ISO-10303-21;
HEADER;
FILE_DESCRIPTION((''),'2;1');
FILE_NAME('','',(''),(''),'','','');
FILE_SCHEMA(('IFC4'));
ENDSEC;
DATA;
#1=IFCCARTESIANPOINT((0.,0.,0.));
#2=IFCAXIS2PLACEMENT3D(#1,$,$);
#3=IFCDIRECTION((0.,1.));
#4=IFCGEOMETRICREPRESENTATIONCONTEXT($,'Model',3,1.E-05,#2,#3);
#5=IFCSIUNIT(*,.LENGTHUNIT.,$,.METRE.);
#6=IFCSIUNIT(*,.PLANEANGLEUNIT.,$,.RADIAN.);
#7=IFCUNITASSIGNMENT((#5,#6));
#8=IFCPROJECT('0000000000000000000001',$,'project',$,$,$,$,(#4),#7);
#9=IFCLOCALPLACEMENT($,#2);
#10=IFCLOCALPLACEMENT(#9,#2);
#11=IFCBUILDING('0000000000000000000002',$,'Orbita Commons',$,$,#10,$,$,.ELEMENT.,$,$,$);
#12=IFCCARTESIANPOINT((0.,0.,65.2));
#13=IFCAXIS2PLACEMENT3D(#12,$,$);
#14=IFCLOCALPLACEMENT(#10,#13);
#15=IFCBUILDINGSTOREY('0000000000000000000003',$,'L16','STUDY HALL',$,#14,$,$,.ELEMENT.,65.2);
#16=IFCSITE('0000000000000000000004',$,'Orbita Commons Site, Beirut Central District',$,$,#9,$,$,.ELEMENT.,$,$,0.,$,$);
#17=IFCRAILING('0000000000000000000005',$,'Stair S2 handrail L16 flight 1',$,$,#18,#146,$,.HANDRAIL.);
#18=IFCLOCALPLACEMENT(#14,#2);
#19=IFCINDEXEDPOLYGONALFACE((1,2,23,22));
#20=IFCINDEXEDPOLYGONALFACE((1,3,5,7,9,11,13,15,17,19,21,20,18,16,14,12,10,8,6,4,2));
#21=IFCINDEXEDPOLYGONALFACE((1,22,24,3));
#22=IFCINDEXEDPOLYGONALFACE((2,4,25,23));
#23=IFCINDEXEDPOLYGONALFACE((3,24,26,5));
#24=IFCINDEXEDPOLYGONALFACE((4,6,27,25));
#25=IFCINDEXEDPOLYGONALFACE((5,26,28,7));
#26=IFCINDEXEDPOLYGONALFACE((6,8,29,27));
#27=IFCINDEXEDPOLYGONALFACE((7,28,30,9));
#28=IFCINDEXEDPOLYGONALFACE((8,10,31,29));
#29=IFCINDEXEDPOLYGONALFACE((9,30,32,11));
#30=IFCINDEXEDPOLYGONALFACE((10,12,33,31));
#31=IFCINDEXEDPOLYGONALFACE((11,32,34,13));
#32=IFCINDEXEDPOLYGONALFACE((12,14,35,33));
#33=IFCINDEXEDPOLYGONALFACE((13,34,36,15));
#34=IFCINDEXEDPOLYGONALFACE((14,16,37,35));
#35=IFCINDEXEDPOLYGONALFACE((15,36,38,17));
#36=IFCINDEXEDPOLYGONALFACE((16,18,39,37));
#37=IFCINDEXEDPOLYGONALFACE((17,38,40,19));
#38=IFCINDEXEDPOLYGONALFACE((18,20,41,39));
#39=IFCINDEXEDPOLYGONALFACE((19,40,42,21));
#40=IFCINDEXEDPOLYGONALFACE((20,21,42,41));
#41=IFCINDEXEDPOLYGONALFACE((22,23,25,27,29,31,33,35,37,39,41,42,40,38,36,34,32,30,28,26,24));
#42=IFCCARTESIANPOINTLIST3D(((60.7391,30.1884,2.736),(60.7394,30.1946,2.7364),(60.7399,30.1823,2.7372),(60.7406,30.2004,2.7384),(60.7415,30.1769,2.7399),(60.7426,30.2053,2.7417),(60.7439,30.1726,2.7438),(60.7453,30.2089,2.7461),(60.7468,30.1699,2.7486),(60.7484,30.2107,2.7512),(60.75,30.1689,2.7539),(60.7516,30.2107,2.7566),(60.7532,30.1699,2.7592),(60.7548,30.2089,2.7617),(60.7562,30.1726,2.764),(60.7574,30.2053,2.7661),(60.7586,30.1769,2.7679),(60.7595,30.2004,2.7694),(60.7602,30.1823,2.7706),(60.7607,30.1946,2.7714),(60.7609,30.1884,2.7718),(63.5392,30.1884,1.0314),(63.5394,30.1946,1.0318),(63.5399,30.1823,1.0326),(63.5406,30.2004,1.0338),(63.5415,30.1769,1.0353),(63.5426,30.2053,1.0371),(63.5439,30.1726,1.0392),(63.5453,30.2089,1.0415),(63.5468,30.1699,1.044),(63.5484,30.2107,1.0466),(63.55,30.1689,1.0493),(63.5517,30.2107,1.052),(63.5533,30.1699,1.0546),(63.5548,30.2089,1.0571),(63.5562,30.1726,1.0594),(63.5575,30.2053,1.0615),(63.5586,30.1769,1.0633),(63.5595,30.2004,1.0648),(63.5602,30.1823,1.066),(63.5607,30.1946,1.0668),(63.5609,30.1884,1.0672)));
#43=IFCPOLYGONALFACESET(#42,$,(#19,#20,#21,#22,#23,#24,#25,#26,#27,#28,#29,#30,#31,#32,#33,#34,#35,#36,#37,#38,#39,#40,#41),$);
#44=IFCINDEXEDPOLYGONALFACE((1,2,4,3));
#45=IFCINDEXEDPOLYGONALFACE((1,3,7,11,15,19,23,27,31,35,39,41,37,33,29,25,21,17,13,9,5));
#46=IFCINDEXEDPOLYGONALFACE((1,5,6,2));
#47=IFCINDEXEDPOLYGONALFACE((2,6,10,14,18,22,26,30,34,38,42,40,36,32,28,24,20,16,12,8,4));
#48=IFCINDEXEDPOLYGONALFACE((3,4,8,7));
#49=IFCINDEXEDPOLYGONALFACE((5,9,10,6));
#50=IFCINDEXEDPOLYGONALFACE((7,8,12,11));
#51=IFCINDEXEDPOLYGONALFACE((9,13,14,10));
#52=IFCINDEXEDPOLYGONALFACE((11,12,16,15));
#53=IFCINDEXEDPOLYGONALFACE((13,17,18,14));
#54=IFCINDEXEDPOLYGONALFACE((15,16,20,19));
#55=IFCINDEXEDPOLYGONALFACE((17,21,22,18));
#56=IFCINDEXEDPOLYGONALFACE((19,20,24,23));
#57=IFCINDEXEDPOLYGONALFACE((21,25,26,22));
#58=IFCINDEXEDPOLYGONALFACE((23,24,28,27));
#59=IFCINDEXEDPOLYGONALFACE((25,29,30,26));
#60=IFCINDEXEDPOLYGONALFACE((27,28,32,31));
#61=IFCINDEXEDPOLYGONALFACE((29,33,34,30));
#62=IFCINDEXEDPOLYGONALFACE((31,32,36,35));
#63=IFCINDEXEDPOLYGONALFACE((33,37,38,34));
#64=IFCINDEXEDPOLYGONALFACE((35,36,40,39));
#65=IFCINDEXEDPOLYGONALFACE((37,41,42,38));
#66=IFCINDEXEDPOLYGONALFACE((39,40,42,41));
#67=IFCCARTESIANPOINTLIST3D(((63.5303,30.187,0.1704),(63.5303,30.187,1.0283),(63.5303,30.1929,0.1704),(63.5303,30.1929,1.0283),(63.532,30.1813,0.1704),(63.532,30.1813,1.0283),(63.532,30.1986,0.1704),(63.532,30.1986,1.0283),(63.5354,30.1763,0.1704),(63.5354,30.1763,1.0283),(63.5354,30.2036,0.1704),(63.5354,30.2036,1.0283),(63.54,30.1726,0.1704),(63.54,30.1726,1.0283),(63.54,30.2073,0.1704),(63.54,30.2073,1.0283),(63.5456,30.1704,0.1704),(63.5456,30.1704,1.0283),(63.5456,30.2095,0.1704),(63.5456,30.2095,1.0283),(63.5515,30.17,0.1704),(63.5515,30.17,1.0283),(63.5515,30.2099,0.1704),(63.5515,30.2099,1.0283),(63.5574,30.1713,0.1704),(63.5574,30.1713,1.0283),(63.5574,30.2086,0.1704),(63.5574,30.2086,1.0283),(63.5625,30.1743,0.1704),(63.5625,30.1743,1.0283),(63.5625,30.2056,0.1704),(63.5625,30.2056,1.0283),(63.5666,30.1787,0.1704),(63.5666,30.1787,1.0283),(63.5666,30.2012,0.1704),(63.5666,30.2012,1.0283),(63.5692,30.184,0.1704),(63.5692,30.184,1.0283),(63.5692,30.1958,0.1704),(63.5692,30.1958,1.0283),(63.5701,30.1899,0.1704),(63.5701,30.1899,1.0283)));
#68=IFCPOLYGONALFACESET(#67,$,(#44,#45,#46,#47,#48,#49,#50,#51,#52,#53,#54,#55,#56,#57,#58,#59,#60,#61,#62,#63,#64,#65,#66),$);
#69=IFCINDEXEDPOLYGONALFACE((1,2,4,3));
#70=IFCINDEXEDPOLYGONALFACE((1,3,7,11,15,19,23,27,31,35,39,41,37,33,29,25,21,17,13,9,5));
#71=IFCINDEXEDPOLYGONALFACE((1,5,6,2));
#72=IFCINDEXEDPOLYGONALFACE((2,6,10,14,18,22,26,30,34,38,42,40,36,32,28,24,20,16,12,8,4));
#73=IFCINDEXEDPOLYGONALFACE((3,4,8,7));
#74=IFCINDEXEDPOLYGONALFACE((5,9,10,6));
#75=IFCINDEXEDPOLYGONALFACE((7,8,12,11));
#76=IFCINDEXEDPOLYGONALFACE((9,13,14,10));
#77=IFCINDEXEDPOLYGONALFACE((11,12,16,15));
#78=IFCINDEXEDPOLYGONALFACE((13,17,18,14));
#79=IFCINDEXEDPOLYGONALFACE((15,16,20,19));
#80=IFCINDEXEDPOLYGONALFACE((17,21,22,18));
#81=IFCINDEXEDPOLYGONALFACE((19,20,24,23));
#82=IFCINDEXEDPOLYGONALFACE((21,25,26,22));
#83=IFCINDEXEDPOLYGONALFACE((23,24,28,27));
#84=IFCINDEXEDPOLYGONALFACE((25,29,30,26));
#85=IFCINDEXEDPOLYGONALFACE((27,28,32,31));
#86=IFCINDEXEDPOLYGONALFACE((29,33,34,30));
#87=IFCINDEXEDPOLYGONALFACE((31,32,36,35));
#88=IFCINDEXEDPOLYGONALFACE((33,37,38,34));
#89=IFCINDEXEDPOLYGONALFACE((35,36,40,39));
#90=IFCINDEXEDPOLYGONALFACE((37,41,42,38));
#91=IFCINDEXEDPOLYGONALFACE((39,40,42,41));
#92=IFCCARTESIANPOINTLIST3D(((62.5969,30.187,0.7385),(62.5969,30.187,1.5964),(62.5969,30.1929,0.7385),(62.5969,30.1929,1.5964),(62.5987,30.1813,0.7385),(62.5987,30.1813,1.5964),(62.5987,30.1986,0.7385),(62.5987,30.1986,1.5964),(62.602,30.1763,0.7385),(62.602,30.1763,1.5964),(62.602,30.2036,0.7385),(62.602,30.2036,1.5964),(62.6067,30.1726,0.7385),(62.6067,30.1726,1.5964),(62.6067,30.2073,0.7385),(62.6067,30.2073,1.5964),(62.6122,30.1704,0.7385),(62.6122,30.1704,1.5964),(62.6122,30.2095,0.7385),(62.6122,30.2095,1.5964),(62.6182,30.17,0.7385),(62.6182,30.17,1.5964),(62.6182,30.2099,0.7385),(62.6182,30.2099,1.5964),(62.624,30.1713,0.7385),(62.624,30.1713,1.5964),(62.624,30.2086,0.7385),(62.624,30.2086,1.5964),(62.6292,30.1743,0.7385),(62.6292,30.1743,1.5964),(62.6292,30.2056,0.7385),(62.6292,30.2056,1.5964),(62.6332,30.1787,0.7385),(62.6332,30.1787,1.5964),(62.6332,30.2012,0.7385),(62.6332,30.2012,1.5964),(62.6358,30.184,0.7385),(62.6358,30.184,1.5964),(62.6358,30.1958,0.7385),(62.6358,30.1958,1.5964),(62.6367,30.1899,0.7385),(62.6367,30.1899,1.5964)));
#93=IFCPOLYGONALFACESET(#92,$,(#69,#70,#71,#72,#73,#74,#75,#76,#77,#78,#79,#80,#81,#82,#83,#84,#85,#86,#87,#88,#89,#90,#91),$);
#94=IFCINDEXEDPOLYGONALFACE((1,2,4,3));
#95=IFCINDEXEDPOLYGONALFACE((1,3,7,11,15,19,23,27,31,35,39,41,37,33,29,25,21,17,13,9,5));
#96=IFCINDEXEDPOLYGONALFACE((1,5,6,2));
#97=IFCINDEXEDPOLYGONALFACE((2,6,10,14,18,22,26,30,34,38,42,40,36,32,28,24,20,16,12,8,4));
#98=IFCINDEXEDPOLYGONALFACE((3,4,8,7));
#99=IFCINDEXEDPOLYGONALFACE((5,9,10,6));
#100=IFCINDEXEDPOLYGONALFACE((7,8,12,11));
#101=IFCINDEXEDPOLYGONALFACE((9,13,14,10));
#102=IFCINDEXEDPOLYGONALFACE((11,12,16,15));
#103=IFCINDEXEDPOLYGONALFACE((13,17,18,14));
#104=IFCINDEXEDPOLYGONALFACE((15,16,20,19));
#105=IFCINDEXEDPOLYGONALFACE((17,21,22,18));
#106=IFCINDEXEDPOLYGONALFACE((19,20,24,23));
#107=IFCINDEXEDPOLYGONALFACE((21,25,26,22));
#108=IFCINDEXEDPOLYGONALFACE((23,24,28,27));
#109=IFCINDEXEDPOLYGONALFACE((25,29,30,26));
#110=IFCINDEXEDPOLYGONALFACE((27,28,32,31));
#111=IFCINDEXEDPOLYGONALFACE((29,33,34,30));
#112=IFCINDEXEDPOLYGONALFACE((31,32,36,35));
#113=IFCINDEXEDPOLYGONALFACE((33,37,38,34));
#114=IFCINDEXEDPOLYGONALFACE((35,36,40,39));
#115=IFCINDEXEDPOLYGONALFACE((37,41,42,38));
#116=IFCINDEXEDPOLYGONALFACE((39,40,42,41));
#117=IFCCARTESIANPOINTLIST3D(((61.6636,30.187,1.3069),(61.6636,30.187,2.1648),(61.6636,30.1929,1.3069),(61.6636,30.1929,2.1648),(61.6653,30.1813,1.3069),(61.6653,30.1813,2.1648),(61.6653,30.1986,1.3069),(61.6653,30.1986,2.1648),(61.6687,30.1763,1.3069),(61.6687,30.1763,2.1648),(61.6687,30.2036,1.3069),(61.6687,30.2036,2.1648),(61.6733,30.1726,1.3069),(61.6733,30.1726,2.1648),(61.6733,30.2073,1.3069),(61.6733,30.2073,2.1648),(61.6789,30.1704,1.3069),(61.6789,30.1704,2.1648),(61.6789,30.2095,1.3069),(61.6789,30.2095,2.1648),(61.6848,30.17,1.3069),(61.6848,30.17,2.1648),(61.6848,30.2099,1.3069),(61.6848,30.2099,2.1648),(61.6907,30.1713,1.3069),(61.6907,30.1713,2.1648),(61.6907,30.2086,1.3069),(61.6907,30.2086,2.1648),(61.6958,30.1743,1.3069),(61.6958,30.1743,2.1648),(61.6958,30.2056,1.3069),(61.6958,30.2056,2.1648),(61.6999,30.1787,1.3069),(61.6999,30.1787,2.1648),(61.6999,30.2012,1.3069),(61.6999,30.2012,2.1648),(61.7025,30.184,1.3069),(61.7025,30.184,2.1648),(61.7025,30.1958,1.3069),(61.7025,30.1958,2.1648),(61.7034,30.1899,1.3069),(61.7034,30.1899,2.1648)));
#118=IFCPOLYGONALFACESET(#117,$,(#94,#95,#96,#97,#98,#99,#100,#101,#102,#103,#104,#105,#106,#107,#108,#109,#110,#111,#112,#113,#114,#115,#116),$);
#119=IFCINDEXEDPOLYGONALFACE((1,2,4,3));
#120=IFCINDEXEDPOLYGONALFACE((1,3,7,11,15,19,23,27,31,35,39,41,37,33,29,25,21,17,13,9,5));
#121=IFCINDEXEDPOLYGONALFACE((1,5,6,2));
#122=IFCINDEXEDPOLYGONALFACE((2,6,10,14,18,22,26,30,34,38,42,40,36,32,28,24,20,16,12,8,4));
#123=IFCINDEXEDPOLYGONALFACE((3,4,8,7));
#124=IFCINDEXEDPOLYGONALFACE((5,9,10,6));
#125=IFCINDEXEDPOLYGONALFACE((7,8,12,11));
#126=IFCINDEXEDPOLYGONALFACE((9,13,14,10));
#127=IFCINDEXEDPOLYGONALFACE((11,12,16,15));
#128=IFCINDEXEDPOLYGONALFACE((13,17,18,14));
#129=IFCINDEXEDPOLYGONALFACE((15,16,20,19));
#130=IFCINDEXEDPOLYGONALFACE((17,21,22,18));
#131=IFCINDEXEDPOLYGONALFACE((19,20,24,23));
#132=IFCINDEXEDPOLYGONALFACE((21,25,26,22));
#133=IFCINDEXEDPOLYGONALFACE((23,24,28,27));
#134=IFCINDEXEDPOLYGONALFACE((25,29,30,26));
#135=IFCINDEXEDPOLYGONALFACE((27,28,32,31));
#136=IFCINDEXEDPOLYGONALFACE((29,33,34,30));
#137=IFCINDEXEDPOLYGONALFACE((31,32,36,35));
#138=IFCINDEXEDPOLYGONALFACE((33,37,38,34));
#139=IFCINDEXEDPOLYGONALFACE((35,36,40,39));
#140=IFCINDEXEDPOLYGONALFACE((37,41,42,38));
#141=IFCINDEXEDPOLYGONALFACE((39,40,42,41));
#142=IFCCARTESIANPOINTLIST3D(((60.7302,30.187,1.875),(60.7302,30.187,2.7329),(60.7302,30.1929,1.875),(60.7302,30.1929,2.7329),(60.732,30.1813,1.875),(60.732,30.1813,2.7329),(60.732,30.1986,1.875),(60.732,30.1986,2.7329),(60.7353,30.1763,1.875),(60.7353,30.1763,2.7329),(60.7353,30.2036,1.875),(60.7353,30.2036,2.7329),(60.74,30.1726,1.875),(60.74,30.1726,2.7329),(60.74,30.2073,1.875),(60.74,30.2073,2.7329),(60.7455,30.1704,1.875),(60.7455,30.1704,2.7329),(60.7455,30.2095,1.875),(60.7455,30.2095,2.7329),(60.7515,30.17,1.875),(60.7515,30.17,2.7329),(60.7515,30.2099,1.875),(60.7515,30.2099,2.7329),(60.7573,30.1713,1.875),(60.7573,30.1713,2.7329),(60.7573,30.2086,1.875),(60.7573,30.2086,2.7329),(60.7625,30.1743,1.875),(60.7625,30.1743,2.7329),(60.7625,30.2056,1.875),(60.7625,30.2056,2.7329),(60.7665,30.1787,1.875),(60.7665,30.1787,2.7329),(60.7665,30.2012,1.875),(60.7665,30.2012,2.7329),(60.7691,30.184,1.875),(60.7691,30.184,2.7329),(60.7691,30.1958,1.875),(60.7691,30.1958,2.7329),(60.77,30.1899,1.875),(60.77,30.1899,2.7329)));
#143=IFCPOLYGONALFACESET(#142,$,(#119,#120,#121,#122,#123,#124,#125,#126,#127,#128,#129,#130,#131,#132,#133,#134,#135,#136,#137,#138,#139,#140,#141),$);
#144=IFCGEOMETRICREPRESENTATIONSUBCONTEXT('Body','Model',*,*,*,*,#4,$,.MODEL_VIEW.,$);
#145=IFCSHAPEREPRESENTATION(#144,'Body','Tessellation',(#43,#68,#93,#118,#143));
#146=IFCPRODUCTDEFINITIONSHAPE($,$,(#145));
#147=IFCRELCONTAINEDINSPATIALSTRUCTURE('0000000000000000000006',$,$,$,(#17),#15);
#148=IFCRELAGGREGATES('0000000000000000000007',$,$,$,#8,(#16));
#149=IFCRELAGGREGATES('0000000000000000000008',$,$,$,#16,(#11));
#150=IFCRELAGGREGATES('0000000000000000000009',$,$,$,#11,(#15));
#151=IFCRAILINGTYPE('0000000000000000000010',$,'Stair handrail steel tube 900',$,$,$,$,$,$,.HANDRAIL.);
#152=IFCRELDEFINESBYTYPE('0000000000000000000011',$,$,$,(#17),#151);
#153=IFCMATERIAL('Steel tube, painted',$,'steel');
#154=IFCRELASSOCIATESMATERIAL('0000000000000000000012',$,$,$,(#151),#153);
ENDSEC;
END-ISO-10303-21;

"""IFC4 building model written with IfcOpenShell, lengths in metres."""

from ifc_helpers import new_model, si_unit, direction, frame, origin, origin_2d, place, context, subcontext, project, spatial, circle, extrude, material, type_object, element, save


model = new_model("IFC4")

# Units and contexts
model_context = context("Model", 3, precision=1e-05, world=origin(), true_north=direction((0.0, 1.0)))
body_context = subcontext(model_context, "Body", "Model", "MODEL_VIEW")
ifc_project = project(units=[si_unit("LENGTHUNIT", "METRE"), si_unit("PLANEANGLEUNIT", "RADIAN")], contexts=[model_context])

# Site, building, storey
site_placement = place(None, origin())
site = spatial("IfcSite", under=ifc_project, at=site_placement, Name="Orbita Commons Site, Beirut Central District", CompositionType="ELEMENT", RefElevation=0.0)
building_placement = place(site_placement, origin())
building = spatial("IfcBuilding", under=site, at=building_placement, Name="Orbita Commons", CompositionType="ELEMENT")
storey_placement = place(building_placement, frame((0.0, 0.0, 65.2)))
storey = spatial("IfcBuildingStorey", under=building, at=storey_placement, Name="L16", Description="STUDY HALL", CompositionType="ELEMENT", Elevation=65.2)

# Railing
ifc_material_1 = material(Name="Steel tube, painted", Category="steel")
railing_type = type_object("IfcRailingType", Name="Stair handrail steel tube 900", PredefinedType="HANDRAIL", material=ifc_material_1)
railing_placement = place(storey_placement, frame((63.55, 30.1899, 0.1704)))
element("IfcRailing", 1, at=railing_placement, inside=storey, type_object=railing_type, Name="Stair S2 handrail L16 flight 1", PredefinedType="HANDRAIL", context=body_context, shape_type="SweptSolid", body=[
    extrude(circle(Radius=0.021, at=origin_2d()), frame((0.0, 0.0, 0.8789), z_axis=(-0.85417, 0.0, 0.519994), x_axis=(0.0, -1.0, 0.0)), (0.0, 0.0, 1.0), 3.2781),
    extrude(circle(Radius=0.02, at=origin_2d()), origin(), (0.0, 0.0, 1.0), 0.8579),
    extrude(circle(Radius=0.02, at=origin_2d()), frame((-0.9333, 0.0, 0.5681)), (0.0, 0.0, 1.0), 0.8579),
    extrude(circle(Radius=0.02, at=origin_2d()), frame((-1.8667, 0.0, 1.1365)), (0.0, 0.0, 1.0), 0.8579),
    extrude(circle(Radius=0.02, at=origin_2d()), frame((-2.8, 0.0, 1.7046)), (0.0, 0.0, 1.0), 0.8579),
])

save(model, "model.ifc")
